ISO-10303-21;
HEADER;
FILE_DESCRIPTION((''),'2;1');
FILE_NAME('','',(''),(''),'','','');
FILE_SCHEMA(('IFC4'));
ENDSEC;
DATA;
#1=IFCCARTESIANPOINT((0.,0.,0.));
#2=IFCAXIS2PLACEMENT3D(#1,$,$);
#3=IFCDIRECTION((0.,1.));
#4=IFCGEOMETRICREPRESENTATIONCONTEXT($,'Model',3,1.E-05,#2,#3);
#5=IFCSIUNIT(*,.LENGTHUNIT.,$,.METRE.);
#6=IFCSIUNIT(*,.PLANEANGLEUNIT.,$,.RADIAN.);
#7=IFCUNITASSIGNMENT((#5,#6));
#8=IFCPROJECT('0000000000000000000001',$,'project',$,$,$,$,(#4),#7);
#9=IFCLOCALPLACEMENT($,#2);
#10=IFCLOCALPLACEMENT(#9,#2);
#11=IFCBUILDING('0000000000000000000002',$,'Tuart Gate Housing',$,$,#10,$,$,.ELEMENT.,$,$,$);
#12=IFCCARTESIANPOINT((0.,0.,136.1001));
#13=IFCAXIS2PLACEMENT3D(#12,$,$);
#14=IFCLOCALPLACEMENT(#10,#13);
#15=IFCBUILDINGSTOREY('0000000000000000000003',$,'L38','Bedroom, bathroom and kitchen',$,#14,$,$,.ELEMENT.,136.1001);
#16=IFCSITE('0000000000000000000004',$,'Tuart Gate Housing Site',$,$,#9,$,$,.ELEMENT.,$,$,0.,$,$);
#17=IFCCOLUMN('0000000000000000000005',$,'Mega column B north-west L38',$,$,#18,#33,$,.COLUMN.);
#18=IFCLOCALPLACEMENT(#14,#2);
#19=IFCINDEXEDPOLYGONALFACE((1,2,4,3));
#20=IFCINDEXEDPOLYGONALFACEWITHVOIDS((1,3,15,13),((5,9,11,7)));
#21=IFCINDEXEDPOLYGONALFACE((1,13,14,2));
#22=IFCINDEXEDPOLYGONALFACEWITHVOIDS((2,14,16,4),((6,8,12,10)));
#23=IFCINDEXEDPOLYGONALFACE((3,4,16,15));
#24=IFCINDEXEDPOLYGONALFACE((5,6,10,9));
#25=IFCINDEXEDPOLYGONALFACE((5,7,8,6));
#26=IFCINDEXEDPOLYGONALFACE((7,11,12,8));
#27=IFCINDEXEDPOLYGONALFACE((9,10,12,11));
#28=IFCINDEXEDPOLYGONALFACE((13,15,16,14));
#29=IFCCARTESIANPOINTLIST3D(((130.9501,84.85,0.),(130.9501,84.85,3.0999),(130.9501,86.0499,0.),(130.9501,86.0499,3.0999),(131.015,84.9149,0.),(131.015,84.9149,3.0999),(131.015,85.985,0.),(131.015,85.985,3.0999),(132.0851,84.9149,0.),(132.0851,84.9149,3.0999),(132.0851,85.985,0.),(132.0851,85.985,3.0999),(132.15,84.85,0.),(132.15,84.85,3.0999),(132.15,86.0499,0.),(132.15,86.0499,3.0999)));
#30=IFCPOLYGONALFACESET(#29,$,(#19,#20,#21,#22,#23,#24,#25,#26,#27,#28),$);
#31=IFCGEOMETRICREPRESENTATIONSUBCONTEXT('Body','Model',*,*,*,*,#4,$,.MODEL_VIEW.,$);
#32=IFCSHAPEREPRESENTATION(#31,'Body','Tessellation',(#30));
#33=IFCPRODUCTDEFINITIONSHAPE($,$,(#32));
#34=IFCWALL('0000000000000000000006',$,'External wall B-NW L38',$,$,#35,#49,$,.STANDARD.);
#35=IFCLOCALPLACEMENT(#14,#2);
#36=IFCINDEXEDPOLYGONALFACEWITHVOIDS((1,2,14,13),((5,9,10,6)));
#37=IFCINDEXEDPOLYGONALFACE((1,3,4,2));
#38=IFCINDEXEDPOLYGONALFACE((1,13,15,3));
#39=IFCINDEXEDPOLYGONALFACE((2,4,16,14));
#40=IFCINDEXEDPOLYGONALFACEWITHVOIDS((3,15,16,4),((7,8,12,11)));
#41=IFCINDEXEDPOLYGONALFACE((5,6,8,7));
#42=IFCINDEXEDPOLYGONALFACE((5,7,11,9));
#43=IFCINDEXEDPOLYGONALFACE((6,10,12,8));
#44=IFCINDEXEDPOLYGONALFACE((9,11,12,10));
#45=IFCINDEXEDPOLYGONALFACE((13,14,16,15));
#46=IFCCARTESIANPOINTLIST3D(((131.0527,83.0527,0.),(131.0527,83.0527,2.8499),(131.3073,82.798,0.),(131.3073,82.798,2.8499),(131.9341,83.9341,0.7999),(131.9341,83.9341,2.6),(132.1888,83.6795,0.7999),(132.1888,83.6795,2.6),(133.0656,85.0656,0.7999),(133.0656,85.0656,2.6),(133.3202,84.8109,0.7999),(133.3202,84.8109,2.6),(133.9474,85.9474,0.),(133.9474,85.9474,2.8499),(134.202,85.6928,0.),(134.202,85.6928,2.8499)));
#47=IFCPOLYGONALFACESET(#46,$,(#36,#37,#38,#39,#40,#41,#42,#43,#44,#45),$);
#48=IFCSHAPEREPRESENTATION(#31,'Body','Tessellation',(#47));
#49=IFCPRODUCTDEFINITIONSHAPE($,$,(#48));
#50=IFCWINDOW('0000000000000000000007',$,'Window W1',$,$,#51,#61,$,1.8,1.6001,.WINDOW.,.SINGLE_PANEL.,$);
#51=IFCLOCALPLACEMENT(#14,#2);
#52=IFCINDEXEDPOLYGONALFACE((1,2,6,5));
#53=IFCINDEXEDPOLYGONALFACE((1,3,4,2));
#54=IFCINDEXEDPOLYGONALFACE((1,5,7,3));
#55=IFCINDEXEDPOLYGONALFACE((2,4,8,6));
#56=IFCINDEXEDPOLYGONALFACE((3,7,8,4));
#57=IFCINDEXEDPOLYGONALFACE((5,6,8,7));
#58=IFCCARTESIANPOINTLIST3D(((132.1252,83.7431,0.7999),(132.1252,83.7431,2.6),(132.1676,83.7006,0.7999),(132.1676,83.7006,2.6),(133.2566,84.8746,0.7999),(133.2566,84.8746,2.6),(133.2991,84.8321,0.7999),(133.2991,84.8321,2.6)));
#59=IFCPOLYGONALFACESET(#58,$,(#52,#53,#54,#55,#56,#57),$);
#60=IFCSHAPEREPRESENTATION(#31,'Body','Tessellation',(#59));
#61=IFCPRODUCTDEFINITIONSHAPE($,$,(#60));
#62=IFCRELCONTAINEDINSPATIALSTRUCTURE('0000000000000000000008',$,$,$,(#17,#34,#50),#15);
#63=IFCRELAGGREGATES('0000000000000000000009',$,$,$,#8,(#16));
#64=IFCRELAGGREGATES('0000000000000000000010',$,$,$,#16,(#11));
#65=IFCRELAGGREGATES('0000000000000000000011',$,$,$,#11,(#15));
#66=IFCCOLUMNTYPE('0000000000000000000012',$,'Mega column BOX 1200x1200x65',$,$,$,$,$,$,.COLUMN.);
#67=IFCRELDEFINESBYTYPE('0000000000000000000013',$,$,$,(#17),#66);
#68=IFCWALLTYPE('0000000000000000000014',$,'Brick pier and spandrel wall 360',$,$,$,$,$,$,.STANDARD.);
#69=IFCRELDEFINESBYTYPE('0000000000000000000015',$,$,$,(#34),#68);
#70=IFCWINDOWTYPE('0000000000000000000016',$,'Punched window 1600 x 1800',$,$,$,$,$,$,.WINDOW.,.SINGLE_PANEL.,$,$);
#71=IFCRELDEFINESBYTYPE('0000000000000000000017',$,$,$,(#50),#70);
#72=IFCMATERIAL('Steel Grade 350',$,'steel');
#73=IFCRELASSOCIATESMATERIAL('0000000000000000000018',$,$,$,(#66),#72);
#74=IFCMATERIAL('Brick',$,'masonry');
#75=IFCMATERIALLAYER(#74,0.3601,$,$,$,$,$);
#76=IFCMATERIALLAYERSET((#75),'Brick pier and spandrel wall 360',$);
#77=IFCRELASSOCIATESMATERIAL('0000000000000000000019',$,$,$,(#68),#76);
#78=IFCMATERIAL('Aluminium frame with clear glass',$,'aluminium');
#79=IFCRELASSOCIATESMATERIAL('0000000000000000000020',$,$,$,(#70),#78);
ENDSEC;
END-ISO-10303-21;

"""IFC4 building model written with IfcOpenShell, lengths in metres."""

from ifc_helpers import new_model, si_unit, direction, frame, frame_2d, origin, origin_2d, place, context, subcontext, project, spatial, rectangle, hollow_rectangle, extrude, material, layer, layer_set, material_profile, profile_set, type_object, element, fill, save


model = new_model("IFC4")

# Units and contexts
model_context = context("Model", 3, precision=1e-05, world=origin(), true_north=direction((0.0, 1.0)))
body_context = subcontext(model_context, "Body", "Model", "MODEL_VIEW")
ifc_project = project(units=[si_unit("LENGTHUNIT", "METRE"), si_unit("PLANEANGLEUNIT", "RADIAN")], contexts=[model_context])

# Site, building, storey
site_placement = place(None, origin())
site = spatial("IfcSite", under=ifc_project, at=site_placement, Name="Tuart Gate Housing Site", CompositionType="ELEMENT", RefElevation=0.0)
building_placement = place(site_placement, origin())
building = spatial("IfcBuilding", under=site, at=building_placement, Name="Tuart Gate Housing", CompositionType="ELEMENT")
storey_placement = place(building_placement, frame((0.0, 0.0, 136.1001)))
storey = spatial("IfcBuildingStorey", under=building, at=storey_placement, Name="L38", Description="Bedroom, bathroom and kitchen", CompositionType="ELEMENT", Elevation=136.1001)

# Column
ifc_material_1 = material(Name="Steel Grade 350", Category="steel")
ifc_material_profile = material_profile(ifc_material_1, hollow_rectangle(XDim=1.2, YDim=1.2, WallThickness=0.0649, at=origin_2d()), Name="BOX 1200x1200x65")
ifc_profile_set = profile_set([ifc_material_profile], Name="Steel Grade 350")
column_type = type_object("IfcColumnType", Name="Mega column BOX 1200x1200x65", PredefinedType="COLUMN", material=ifc_profile_set)
column_placement = place(storey_placement, frame((131.55, 85.45, 0.0), z_axis=(0.0, 0.0, 1.0), x_axis=(1.0, 0.0, 0.0)))
element("IfcColumn", 1, at=column_placement, inside=storey, type_object=column_type, Name="Mega column B north-west L38", PredefinedType="COLUMN", context=body_context, shape_type="SweptSolid", body=[
    extrude(hollow_rectangle(XDim=1.2, YDim=1.2, WallThickness=0.0649, at=origin_2d()), origin(), (0.0, 0.0, 1.0), 3.0999),
])

# Wall, opening, window
ifc_material_2 = material(Name="Brick", Category="masonry")
ifc_layer_1 = layer(ifc_material_2, 0.3601)
ifc_layer_set_1 = layer_set([ifc_layer_1], Name="Brick pier and spandrel wall 360")
wall_type_1 = type_object("IfcWallType", Name="Brick pier and spandrel wall 360", PredefinedType="STANDARD", material=ifc_layer_set_1)
wall_1_placement = place(storey_placement, frame((134.0747, 85.8201, 0.0), z_axis=(0.0, 0.0, 1.0), x_axis=(-0.707107, -0.707107, 0.0)))
wall_1 = element("IfcWall", 2, at=wall_1_placement, inside=storey, type_object=wall_type_1, Name="External wall B-NW L38", PredefinedType="STANDARD", context=body_context, shape_type="SweptSolid", body=[
    extrude(rectangle(XDim=4.0938, YDim=0.3601, at=frame_2d((2.0469, 0.0))), origin(), (0.0, 0.0, 1.0), 2.8499),
])
opening_1_placement = place(wall_1_placement, frame((1.2471, 0.0, 0.8)))
opening_1 = element("IfcOpeningElement", 3, at=opening_1_placement, cuts=wall_1, PredefinedType="OPENING", context=body_context, shape_type="SweptSolid", body=[
    extrude(rectangle(XDim=1.6001, YDim=1.8, at=frame_2d((0.8, 0.8999))), frame((0.0, 0.1899, 0.0), z_axis=(0.0, -1.0, 0.0), x_axis=(1.0, 0.0, 0.0)), (0.0, 0.0, 1.0), 0.3801),
])
ifc_material_3 = material(Name="Aluminium frame with clear glass", Category="aluminium")
window_type_1 = type_object("IfcWindowType", Name="Punched window 1600 x 1800", PartitioningType="SINGLE_PANEL", PredefinedType="WINDOW", material=ifc_material_3)
window_1_placement = place(opening_1_placement, origin())
window_1 = element("IfcWindow", 4, at=window_1_placement, inside=storey, type_object=window_type_1, Name="Window W1", OverallHeight=1.8, OverallWidth=1.6001, PartitioningType="SINGLE_PANEL", PredefinedType="WINDOW", context=body_context, shape_type="SweptSolid", body=[
    extrude(rectangle(XDim=1.6001, YDim=1.8, at=frame_2d((0.8, 0.8999))), frame((0.0, 0.1501, 0.0), z_axis=(0.0, -1.0, 0.0), x_axis=(1.0, 0.0, 0.0)), (0.0, 0.0, 1.0), 0.0601),
])
fill(opening_1, window_1)

save(model, "model.ifc")
